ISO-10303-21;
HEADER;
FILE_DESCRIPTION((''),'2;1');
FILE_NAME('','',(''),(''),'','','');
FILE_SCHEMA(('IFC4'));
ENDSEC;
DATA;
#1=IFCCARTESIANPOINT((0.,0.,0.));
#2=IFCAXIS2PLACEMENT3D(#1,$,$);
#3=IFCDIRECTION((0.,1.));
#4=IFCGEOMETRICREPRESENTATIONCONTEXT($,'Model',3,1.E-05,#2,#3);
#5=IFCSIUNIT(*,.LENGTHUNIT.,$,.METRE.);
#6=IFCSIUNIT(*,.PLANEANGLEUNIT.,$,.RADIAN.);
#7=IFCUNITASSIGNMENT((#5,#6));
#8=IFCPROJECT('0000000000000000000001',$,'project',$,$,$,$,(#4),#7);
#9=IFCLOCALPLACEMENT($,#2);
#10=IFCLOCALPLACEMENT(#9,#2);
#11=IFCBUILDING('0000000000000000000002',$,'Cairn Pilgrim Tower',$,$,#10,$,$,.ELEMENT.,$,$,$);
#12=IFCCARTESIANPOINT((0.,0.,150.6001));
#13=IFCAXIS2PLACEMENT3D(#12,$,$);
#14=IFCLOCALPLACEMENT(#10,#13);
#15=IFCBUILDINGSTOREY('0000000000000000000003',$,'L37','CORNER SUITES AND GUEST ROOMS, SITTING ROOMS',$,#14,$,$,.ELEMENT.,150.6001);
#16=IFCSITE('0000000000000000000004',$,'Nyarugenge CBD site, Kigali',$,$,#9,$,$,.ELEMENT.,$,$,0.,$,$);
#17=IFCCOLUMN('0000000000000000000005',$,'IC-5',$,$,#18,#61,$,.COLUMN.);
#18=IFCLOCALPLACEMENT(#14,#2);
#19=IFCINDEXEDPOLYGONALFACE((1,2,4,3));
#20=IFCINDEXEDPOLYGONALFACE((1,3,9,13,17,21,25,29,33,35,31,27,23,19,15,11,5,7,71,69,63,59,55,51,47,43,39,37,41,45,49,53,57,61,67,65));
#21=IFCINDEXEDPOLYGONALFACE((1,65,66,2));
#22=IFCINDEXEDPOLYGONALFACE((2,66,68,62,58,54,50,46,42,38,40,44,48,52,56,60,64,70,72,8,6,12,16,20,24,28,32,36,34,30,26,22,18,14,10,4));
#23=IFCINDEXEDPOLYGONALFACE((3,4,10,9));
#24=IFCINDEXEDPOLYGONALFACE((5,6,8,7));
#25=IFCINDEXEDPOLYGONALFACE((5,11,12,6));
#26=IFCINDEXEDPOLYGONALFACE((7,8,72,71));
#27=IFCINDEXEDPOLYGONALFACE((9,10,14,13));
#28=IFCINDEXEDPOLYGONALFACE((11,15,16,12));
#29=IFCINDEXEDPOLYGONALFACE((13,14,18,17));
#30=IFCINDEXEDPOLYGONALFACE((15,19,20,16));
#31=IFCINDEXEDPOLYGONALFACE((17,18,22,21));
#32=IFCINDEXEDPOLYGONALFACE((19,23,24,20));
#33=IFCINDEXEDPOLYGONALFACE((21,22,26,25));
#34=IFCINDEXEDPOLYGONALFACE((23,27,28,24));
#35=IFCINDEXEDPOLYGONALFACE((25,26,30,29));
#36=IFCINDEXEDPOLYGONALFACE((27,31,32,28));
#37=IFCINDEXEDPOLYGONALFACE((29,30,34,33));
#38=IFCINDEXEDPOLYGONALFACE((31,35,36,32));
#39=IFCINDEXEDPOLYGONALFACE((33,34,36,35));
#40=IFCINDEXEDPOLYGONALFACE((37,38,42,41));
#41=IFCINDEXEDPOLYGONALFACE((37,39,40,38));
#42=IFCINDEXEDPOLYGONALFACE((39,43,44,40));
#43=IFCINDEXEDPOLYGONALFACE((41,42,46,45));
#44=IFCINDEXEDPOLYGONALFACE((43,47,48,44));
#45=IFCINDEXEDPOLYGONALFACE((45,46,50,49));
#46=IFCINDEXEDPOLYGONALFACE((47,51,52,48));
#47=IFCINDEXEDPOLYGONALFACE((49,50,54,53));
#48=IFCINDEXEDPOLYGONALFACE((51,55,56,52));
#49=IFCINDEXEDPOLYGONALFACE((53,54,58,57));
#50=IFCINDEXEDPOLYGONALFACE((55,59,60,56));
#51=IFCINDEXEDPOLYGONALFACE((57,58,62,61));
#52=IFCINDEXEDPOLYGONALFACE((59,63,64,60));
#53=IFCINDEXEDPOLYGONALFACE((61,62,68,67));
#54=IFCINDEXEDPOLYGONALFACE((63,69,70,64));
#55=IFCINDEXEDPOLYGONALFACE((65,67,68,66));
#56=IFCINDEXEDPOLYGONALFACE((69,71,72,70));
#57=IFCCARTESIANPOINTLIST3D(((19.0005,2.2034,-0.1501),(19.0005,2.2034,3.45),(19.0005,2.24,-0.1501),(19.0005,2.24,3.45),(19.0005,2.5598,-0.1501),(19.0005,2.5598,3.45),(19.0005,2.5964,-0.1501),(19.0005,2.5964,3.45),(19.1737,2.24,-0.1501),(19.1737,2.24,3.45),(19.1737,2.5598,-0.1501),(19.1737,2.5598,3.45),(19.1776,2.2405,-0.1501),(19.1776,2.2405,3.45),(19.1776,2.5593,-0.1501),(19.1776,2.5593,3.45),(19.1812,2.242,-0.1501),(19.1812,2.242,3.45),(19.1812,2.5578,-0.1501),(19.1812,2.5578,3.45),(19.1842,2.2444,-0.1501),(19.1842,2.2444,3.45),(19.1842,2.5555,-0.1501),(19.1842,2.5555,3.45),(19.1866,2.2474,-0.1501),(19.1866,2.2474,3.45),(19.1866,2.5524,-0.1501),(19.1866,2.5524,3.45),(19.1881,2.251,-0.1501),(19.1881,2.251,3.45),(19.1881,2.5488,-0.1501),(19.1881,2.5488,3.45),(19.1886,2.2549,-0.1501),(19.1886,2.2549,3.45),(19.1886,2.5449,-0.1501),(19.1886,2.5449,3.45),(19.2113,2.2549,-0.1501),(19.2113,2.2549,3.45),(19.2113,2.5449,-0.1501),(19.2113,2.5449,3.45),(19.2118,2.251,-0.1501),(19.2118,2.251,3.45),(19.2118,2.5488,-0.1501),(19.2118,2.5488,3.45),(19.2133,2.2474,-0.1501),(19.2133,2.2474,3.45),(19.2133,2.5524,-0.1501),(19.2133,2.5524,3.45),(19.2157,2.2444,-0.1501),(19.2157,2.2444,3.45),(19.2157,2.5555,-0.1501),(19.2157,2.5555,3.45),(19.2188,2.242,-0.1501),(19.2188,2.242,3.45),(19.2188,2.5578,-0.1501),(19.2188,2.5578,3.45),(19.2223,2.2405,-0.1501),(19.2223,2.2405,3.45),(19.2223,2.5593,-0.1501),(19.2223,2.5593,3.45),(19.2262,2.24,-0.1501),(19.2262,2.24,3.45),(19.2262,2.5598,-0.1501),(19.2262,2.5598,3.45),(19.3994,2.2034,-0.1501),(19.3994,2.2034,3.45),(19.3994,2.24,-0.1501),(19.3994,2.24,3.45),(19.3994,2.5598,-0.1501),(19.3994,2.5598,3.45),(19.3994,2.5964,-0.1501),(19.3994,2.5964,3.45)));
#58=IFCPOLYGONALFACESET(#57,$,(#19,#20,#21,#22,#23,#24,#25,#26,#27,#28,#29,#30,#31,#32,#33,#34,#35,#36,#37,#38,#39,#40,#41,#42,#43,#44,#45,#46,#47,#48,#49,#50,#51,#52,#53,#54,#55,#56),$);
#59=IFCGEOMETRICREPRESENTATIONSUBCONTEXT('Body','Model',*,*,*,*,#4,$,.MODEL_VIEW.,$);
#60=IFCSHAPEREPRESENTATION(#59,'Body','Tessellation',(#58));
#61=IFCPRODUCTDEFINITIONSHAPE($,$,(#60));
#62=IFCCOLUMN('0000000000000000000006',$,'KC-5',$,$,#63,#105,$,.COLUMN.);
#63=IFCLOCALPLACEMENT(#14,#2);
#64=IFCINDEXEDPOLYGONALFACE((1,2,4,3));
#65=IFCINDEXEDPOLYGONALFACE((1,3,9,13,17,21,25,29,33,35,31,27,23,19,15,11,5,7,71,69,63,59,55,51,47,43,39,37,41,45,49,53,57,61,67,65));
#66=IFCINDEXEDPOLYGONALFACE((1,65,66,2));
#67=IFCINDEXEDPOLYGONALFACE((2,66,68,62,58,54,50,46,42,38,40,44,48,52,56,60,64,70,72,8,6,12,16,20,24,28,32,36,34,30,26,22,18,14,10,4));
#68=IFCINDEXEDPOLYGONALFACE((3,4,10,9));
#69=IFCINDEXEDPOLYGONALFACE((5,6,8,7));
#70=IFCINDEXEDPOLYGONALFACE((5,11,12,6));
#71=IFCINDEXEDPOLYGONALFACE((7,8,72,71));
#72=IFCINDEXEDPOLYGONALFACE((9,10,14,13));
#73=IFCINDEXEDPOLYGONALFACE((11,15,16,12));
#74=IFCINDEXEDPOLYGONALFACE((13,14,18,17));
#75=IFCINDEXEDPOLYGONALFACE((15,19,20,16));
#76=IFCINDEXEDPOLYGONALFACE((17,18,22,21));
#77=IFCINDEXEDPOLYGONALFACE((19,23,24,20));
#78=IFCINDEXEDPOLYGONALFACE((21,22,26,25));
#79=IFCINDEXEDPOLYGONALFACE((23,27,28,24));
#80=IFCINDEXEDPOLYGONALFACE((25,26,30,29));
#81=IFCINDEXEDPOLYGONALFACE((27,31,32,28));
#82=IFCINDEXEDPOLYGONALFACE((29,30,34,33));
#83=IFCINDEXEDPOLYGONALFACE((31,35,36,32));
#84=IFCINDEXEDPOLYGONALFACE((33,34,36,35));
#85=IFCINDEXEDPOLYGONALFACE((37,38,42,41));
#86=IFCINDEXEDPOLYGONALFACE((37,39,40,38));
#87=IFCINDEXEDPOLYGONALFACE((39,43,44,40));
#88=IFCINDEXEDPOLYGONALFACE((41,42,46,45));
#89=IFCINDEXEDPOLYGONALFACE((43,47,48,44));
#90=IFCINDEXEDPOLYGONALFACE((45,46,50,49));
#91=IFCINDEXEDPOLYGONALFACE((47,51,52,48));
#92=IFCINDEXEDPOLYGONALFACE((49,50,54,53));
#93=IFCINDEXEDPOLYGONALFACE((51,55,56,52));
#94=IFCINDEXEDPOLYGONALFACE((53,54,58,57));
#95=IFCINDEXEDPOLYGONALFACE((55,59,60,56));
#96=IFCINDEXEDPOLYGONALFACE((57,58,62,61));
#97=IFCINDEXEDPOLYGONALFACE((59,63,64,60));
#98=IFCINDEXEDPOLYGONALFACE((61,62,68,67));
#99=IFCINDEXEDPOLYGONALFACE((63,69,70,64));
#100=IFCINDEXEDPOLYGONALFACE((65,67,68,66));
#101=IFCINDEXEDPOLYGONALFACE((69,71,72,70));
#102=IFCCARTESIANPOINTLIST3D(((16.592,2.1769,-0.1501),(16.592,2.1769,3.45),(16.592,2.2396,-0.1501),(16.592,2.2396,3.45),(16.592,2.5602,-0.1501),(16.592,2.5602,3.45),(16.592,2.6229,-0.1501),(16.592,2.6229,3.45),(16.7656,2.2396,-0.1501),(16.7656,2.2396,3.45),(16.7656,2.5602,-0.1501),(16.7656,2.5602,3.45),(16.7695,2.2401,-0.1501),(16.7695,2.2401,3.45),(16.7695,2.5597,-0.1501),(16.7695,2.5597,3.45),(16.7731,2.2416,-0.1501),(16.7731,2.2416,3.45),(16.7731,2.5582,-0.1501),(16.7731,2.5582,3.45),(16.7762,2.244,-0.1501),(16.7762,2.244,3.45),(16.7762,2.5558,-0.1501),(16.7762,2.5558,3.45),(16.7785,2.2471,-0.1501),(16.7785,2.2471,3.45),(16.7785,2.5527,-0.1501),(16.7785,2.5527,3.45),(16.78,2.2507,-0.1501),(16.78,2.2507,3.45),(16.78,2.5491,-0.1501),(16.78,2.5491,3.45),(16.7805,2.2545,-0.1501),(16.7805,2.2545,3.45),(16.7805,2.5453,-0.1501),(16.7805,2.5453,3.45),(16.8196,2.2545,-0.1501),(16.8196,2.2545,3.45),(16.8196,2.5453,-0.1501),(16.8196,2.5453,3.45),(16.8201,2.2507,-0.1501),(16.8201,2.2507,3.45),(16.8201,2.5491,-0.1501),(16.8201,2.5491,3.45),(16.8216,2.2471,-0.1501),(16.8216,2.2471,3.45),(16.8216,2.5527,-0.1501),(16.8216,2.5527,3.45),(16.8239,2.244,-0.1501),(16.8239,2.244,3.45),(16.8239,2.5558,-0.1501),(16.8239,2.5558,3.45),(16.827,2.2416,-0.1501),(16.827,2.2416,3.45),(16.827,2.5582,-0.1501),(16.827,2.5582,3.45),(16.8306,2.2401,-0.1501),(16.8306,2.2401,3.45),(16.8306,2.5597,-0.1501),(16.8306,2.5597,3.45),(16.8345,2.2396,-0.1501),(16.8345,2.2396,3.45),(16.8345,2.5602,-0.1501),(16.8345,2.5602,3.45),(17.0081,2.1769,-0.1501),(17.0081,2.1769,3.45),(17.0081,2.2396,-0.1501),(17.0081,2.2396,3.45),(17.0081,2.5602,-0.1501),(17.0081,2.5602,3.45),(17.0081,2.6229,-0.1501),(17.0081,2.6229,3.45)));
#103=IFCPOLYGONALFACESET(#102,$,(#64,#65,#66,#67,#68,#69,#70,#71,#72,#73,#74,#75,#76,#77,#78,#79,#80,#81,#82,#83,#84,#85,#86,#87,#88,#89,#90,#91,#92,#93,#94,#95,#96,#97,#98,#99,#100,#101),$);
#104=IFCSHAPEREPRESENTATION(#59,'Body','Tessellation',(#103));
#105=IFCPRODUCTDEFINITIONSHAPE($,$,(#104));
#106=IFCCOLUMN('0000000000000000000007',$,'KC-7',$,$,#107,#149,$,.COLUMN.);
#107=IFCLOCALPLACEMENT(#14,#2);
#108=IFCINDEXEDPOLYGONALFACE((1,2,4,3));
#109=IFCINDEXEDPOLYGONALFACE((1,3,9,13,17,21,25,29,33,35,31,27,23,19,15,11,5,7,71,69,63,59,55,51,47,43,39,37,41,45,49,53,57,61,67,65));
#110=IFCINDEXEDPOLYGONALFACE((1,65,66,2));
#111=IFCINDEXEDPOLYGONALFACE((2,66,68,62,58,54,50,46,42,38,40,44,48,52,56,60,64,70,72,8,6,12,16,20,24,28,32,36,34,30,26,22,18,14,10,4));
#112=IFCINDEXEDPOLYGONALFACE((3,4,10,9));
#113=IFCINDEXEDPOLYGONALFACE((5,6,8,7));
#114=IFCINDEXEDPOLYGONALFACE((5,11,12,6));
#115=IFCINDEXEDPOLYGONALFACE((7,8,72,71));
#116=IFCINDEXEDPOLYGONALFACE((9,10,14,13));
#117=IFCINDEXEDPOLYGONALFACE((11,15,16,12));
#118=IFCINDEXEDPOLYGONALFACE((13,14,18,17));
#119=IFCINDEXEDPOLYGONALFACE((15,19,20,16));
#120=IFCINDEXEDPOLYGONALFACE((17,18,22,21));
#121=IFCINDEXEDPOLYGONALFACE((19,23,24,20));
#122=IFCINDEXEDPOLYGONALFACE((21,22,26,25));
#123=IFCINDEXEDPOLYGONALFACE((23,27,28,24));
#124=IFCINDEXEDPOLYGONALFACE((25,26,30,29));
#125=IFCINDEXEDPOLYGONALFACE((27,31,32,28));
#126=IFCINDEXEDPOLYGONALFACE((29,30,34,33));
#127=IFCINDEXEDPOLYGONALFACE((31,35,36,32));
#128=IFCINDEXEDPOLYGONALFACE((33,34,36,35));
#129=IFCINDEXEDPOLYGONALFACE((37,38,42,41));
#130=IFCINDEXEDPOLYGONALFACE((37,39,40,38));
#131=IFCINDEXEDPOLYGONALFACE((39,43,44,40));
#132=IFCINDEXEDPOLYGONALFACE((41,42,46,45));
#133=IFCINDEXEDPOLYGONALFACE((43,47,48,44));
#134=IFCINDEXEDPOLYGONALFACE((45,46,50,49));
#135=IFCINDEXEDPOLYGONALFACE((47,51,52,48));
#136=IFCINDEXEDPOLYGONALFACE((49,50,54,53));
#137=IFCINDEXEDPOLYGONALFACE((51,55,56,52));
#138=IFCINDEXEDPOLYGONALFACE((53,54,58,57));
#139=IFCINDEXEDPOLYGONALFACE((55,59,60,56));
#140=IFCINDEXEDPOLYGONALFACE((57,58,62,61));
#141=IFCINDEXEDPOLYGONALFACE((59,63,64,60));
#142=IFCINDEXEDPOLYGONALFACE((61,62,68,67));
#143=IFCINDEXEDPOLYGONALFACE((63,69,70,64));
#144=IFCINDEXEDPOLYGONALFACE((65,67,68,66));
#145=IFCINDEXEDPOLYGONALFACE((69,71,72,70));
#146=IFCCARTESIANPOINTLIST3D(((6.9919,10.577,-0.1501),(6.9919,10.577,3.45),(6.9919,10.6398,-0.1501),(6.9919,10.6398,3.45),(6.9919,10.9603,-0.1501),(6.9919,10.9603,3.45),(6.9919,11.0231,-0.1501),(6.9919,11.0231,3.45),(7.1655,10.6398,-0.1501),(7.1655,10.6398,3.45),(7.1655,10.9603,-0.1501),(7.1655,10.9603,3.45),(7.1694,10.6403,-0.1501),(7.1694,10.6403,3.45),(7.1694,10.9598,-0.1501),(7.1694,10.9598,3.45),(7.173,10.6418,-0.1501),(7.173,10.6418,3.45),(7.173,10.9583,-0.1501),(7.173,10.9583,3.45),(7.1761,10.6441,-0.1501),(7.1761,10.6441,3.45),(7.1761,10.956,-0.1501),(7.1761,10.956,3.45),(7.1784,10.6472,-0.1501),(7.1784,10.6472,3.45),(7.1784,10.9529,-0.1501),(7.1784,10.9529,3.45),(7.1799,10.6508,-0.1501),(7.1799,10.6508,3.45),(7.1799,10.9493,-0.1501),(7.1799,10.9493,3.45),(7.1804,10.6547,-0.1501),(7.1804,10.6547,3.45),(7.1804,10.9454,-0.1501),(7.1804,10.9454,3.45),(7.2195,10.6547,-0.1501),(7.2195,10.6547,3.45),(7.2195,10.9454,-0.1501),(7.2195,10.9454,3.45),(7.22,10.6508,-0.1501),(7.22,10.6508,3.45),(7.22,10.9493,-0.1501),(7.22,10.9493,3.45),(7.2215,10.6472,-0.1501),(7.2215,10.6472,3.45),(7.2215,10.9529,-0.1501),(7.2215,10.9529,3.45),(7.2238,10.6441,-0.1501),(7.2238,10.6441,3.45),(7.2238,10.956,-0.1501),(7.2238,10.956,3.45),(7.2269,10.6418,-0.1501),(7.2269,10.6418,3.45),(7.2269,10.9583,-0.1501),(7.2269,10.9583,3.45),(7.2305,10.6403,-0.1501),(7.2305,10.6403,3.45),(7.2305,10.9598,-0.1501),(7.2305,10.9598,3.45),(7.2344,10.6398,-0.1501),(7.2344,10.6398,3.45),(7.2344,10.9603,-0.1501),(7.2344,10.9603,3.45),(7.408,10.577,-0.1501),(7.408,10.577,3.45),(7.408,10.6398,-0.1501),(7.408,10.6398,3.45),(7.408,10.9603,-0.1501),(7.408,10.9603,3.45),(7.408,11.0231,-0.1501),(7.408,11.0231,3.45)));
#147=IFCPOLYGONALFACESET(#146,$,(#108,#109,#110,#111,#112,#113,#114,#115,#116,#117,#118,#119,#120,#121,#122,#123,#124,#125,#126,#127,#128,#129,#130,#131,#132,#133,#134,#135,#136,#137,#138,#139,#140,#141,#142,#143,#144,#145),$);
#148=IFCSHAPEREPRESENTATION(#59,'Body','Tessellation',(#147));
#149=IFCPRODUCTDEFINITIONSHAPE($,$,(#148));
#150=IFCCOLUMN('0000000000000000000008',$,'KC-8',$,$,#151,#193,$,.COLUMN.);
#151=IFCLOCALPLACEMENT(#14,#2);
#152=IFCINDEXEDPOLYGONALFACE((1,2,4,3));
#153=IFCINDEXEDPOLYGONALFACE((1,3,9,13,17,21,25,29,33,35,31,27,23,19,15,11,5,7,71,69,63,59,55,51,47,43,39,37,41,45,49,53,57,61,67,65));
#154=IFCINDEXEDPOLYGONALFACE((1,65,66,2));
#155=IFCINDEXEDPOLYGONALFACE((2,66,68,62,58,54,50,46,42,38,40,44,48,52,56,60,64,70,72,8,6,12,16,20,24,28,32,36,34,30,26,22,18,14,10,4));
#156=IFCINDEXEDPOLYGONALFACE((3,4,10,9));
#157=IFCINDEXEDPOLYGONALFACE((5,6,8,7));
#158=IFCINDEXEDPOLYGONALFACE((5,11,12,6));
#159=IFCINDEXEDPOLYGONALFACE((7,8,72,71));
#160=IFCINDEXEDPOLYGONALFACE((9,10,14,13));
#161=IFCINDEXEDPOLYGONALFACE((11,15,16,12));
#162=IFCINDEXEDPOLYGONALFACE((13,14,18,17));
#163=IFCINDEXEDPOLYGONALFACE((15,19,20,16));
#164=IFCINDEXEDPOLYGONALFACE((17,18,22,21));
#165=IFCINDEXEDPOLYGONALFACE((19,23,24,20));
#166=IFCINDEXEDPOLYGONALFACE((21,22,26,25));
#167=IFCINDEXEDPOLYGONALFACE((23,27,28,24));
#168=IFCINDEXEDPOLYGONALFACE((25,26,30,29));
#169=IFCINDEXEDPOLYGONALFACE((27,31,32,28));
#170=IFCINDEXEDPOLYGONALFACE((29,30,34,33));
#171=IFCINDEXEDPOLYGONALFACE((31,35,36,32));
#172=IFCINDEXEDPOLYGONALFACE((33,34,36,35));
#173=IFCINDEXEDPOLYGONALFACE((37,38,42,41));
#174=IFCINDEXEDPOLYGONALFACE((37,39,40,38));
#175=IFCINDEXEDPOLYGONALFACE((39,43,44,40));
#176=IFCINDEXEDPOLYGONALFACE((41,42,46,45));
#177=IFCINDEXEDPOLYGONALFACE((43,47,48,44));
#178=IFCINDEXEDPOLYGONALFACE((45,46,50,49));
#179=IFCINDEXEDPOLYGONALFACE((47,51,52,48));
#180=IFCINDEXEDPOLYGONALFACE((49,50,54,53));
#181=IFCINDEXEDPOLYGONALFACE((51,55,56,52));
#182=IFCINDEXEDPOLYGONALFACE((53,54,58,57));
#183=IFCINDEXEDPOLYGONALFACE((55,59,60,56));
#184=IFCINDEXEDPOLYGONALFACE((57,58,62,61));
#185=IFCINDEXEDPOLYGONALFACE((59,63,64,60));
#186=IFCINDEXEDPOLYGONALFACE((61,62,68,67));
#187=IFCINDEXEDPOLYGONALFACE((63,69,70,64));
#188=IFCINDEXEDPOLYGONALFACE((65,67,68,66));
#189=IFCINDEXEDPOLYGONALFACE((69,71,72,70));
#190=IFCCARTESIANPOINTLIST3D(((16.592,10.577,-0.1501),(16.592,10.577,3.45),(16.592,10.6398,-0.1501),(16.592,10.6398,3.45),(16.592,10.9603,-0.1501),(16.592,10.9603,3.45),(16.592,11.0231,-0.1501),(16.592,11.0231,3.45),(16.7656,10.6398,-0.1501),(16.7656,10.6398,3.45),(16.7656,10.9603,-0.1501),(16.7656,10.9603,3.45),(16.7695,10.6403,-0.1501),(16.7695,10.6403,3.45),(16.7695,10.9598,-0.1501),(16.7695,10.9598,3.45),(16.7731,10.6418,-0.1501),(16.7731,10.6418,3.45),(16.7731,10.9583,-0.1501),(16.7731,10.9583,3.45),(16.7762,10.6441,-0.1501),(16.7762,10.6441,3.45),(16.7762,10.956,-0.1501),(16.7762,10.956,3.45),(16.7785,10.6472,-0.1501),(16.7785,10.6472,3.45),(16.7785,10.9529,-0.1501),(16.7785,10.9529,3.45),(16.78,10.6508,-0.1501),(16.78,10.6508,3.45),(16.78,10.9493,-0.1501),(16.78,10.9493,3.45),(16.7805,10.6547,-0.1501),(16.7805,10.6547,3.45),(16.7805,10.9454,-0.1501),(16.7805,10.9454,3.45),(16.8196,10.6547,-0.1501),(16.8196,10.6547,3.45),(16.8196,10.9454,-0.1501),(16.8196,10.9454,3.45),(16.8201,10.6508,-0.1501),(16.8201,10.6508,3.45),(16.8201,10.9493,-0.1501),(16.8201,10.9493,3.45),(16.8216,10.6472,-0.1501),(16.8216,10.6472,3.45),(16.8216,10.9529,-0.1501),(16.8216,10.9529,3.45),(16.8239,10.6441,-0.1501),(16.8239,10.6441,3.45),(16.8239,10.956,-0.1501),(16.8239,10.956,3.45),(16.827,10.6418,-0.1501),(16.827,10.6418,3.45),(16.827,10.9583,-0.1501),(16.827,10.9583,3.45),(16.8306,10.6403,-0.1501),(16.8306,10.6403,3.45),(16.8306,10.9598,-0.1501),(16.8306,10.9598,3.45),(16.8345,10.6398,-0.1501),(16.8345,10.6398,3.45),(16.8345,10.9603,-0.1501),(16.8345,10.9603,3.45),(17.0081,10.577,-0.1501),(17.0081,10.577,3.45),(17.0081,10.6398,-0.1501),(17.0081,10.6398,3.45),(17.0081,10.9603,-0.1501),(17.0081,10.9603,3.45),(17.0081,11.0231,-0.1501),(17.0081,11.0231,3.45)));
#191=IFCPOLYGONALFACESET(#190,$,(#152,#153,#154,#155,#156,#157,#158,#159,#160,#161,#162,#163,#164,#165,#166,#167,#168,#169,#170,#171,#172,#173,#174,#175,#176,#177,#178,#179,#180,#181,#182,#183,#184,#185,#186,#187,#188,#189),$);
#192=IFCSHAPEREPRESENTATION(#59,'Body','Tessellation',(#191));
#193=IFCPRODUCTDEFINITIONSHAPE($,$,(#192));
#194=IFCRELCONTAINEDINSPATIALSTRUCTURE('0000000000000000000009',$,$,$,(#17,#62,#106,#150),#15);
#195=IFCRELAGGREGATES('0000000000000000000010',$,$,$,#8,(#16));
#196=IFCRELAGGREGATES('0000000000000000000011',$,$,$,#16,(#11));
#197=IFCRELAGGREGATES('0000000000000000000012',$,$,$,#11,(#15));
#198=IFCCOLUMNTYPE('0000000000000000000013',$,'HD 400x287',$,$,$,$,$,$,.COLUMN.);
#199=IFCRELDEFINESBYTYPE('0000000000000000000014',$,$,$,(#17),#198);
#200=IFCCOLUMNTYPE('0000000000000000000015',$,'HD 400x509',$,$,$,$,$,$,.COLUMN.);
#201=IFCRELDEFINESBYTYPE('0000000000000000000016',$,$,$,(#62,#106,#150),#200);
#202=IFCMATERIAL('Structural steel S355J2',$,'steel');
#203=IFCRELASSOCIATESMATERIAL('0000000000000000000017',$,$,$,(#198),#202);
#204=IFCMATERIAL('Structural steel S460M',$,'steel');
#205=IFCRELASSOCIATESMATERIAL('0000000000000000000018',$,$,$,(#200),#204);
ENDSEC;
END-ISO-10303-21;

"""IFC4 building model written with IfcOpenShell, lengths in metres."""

from ifc_helpers import new_model, si_unit, direction, frame, origin, origin_2d, place, context, subcontext, project, spatial, i_section, extrude, material, material_profile, profile_set, type_object, element, save


model = new_model("IFC4")

# Units and contexts
model_context = context("Model", 3, precision=1e-05, world=origin(), true_north=direction((0.0, 1.0)))
body_context = subcontext(model_context, "Body", "Model", "MODEL_VIEW")
ifc_project = project(units=[si_unit("LENGTHUNIT", "METRE"), si_unit("PLANEANGLEUNIT", "RADIAN")], contexts=[model_context])

# Site, building, storey
site_placement = place(None, origin())
site = spatial("IfcSite", under=ifc_project, at=site_placement, Name="Nyarugenge CBD site, Kigali", CompositionType="ELEMENT", RefElevation=0.0)
building_placement = place(site_placement, origin())
building = spatial("IfcBuilding", under=site, at=building_placement, Name="Cairn Pilgrim Tower", CompositionType="ELEMENT")
storey_placement = place(building_placement, frame((0.0, 0.0, 150.6001)))
storey = spatial("IfcBuildingStorey", under=building, at=storey_placement, Name="L37", Description="CORNER SUITES AND GUEST ROOMS, SITTING ROOMS", CompositionType="ELEMENT", Elevation=150.6001)

# Columns
ifc_material_1 = material(Name="Structural steel S355J2", Category="steel")
ifc_material_profile_1 = material_profile(ifc_material_1, i_section(OverallWidth=0.3989, OverallDepth=0.3931, WebThickness=0.0227, FlangeThickness=0.0366, FilletRadius=0.0149, at=origin_2d()), Name="HD 400x287")
ifc_profile_set_1 = profile_set([ifc_material_profile_1], Name="Structural steel S355J2")
column_type_1 = type_object("IfcColumnType", Name="HD 400x287", PredefinedType="COLUMN", material=ifc_profile_set_1)
column_placement = place(storey_placement, frame((19.2, 2.3999, -0.1501), z_axis=(0.0, 0.0, 1.0), x_axis=(1.0, 0.0, 0.0)))
element("IfcColumn", 1, at=column_placement, inside=storey, type_object=column_type_1, Name="IC-5", PredefinedType="COLUMN", context=body_context, shape_type="SweptSolid", body=[
    extrude(i_section(OverallWidth=0.3989, OverallDepth=0.3931, WebThickness=0.0227, FlangeThickness=0.0366, FilletRadius=0.0149, at=origin_2d()), origin(), (0.0, 0.0, 1.0), 3.6001),
])
ifc_material_2 = material(Name="Structural steel S460M", Category="steel")
ifc_material_profile_2 = material_profile(ifc_material_2, i_section(OverallWidth=0.416, OverallDepth=0.446, WebThickness=0.0391, FlangeThickness=0.0627, FilletRadius=0.0149, at=origin_2d()), Name="HD 400x509")
ifc_profile_set_2 = profile_set([ifc_material_profile_2], Name="Structural steel S460M")
column_type_2 = type_object("IfcColumnType", Name="HD 400x509", PredefinedType="COLUMN", material=ifc_profile_set_2)
for number, where, z_axis, x_axis, name in (
    (2, (16.8, 2.3999, -0.1501), (0.0, 0.0, 1.0), (1.0, 0.0, 0.0), "KC-5"),
    (3, (7.2, 10.8, -0.1501), (0.0, 0.0, 1.0), (1.0, 0.0, 0.0), "KC-7"),
    (4, (16.8, 10.8, -0.1501), (0.0, 0.0, 1.0), (1.0, 0.0, 0.0), "KC-8"),
):
    element("IfcColumn", number, at=place(storey_placement, frame(where, z_axis=z_axis, x_axis=x_axis)), inside=storey, type_object=column_type_2, Name=name, PredefinedType="COLUMN", context=body_context, shape_type="SweptSolid", body=[
        extrude(i_section(OverallWidth=0.416, OverallDepth=0.446, WebThickness=0.0391, FlangeThickness=0.0627, FilletRadius=0.0149, at=origin_2d()), origin(), (0.0, 0.0, 1.0), 3.6001),
    ])

save(model, "model.ifc")
